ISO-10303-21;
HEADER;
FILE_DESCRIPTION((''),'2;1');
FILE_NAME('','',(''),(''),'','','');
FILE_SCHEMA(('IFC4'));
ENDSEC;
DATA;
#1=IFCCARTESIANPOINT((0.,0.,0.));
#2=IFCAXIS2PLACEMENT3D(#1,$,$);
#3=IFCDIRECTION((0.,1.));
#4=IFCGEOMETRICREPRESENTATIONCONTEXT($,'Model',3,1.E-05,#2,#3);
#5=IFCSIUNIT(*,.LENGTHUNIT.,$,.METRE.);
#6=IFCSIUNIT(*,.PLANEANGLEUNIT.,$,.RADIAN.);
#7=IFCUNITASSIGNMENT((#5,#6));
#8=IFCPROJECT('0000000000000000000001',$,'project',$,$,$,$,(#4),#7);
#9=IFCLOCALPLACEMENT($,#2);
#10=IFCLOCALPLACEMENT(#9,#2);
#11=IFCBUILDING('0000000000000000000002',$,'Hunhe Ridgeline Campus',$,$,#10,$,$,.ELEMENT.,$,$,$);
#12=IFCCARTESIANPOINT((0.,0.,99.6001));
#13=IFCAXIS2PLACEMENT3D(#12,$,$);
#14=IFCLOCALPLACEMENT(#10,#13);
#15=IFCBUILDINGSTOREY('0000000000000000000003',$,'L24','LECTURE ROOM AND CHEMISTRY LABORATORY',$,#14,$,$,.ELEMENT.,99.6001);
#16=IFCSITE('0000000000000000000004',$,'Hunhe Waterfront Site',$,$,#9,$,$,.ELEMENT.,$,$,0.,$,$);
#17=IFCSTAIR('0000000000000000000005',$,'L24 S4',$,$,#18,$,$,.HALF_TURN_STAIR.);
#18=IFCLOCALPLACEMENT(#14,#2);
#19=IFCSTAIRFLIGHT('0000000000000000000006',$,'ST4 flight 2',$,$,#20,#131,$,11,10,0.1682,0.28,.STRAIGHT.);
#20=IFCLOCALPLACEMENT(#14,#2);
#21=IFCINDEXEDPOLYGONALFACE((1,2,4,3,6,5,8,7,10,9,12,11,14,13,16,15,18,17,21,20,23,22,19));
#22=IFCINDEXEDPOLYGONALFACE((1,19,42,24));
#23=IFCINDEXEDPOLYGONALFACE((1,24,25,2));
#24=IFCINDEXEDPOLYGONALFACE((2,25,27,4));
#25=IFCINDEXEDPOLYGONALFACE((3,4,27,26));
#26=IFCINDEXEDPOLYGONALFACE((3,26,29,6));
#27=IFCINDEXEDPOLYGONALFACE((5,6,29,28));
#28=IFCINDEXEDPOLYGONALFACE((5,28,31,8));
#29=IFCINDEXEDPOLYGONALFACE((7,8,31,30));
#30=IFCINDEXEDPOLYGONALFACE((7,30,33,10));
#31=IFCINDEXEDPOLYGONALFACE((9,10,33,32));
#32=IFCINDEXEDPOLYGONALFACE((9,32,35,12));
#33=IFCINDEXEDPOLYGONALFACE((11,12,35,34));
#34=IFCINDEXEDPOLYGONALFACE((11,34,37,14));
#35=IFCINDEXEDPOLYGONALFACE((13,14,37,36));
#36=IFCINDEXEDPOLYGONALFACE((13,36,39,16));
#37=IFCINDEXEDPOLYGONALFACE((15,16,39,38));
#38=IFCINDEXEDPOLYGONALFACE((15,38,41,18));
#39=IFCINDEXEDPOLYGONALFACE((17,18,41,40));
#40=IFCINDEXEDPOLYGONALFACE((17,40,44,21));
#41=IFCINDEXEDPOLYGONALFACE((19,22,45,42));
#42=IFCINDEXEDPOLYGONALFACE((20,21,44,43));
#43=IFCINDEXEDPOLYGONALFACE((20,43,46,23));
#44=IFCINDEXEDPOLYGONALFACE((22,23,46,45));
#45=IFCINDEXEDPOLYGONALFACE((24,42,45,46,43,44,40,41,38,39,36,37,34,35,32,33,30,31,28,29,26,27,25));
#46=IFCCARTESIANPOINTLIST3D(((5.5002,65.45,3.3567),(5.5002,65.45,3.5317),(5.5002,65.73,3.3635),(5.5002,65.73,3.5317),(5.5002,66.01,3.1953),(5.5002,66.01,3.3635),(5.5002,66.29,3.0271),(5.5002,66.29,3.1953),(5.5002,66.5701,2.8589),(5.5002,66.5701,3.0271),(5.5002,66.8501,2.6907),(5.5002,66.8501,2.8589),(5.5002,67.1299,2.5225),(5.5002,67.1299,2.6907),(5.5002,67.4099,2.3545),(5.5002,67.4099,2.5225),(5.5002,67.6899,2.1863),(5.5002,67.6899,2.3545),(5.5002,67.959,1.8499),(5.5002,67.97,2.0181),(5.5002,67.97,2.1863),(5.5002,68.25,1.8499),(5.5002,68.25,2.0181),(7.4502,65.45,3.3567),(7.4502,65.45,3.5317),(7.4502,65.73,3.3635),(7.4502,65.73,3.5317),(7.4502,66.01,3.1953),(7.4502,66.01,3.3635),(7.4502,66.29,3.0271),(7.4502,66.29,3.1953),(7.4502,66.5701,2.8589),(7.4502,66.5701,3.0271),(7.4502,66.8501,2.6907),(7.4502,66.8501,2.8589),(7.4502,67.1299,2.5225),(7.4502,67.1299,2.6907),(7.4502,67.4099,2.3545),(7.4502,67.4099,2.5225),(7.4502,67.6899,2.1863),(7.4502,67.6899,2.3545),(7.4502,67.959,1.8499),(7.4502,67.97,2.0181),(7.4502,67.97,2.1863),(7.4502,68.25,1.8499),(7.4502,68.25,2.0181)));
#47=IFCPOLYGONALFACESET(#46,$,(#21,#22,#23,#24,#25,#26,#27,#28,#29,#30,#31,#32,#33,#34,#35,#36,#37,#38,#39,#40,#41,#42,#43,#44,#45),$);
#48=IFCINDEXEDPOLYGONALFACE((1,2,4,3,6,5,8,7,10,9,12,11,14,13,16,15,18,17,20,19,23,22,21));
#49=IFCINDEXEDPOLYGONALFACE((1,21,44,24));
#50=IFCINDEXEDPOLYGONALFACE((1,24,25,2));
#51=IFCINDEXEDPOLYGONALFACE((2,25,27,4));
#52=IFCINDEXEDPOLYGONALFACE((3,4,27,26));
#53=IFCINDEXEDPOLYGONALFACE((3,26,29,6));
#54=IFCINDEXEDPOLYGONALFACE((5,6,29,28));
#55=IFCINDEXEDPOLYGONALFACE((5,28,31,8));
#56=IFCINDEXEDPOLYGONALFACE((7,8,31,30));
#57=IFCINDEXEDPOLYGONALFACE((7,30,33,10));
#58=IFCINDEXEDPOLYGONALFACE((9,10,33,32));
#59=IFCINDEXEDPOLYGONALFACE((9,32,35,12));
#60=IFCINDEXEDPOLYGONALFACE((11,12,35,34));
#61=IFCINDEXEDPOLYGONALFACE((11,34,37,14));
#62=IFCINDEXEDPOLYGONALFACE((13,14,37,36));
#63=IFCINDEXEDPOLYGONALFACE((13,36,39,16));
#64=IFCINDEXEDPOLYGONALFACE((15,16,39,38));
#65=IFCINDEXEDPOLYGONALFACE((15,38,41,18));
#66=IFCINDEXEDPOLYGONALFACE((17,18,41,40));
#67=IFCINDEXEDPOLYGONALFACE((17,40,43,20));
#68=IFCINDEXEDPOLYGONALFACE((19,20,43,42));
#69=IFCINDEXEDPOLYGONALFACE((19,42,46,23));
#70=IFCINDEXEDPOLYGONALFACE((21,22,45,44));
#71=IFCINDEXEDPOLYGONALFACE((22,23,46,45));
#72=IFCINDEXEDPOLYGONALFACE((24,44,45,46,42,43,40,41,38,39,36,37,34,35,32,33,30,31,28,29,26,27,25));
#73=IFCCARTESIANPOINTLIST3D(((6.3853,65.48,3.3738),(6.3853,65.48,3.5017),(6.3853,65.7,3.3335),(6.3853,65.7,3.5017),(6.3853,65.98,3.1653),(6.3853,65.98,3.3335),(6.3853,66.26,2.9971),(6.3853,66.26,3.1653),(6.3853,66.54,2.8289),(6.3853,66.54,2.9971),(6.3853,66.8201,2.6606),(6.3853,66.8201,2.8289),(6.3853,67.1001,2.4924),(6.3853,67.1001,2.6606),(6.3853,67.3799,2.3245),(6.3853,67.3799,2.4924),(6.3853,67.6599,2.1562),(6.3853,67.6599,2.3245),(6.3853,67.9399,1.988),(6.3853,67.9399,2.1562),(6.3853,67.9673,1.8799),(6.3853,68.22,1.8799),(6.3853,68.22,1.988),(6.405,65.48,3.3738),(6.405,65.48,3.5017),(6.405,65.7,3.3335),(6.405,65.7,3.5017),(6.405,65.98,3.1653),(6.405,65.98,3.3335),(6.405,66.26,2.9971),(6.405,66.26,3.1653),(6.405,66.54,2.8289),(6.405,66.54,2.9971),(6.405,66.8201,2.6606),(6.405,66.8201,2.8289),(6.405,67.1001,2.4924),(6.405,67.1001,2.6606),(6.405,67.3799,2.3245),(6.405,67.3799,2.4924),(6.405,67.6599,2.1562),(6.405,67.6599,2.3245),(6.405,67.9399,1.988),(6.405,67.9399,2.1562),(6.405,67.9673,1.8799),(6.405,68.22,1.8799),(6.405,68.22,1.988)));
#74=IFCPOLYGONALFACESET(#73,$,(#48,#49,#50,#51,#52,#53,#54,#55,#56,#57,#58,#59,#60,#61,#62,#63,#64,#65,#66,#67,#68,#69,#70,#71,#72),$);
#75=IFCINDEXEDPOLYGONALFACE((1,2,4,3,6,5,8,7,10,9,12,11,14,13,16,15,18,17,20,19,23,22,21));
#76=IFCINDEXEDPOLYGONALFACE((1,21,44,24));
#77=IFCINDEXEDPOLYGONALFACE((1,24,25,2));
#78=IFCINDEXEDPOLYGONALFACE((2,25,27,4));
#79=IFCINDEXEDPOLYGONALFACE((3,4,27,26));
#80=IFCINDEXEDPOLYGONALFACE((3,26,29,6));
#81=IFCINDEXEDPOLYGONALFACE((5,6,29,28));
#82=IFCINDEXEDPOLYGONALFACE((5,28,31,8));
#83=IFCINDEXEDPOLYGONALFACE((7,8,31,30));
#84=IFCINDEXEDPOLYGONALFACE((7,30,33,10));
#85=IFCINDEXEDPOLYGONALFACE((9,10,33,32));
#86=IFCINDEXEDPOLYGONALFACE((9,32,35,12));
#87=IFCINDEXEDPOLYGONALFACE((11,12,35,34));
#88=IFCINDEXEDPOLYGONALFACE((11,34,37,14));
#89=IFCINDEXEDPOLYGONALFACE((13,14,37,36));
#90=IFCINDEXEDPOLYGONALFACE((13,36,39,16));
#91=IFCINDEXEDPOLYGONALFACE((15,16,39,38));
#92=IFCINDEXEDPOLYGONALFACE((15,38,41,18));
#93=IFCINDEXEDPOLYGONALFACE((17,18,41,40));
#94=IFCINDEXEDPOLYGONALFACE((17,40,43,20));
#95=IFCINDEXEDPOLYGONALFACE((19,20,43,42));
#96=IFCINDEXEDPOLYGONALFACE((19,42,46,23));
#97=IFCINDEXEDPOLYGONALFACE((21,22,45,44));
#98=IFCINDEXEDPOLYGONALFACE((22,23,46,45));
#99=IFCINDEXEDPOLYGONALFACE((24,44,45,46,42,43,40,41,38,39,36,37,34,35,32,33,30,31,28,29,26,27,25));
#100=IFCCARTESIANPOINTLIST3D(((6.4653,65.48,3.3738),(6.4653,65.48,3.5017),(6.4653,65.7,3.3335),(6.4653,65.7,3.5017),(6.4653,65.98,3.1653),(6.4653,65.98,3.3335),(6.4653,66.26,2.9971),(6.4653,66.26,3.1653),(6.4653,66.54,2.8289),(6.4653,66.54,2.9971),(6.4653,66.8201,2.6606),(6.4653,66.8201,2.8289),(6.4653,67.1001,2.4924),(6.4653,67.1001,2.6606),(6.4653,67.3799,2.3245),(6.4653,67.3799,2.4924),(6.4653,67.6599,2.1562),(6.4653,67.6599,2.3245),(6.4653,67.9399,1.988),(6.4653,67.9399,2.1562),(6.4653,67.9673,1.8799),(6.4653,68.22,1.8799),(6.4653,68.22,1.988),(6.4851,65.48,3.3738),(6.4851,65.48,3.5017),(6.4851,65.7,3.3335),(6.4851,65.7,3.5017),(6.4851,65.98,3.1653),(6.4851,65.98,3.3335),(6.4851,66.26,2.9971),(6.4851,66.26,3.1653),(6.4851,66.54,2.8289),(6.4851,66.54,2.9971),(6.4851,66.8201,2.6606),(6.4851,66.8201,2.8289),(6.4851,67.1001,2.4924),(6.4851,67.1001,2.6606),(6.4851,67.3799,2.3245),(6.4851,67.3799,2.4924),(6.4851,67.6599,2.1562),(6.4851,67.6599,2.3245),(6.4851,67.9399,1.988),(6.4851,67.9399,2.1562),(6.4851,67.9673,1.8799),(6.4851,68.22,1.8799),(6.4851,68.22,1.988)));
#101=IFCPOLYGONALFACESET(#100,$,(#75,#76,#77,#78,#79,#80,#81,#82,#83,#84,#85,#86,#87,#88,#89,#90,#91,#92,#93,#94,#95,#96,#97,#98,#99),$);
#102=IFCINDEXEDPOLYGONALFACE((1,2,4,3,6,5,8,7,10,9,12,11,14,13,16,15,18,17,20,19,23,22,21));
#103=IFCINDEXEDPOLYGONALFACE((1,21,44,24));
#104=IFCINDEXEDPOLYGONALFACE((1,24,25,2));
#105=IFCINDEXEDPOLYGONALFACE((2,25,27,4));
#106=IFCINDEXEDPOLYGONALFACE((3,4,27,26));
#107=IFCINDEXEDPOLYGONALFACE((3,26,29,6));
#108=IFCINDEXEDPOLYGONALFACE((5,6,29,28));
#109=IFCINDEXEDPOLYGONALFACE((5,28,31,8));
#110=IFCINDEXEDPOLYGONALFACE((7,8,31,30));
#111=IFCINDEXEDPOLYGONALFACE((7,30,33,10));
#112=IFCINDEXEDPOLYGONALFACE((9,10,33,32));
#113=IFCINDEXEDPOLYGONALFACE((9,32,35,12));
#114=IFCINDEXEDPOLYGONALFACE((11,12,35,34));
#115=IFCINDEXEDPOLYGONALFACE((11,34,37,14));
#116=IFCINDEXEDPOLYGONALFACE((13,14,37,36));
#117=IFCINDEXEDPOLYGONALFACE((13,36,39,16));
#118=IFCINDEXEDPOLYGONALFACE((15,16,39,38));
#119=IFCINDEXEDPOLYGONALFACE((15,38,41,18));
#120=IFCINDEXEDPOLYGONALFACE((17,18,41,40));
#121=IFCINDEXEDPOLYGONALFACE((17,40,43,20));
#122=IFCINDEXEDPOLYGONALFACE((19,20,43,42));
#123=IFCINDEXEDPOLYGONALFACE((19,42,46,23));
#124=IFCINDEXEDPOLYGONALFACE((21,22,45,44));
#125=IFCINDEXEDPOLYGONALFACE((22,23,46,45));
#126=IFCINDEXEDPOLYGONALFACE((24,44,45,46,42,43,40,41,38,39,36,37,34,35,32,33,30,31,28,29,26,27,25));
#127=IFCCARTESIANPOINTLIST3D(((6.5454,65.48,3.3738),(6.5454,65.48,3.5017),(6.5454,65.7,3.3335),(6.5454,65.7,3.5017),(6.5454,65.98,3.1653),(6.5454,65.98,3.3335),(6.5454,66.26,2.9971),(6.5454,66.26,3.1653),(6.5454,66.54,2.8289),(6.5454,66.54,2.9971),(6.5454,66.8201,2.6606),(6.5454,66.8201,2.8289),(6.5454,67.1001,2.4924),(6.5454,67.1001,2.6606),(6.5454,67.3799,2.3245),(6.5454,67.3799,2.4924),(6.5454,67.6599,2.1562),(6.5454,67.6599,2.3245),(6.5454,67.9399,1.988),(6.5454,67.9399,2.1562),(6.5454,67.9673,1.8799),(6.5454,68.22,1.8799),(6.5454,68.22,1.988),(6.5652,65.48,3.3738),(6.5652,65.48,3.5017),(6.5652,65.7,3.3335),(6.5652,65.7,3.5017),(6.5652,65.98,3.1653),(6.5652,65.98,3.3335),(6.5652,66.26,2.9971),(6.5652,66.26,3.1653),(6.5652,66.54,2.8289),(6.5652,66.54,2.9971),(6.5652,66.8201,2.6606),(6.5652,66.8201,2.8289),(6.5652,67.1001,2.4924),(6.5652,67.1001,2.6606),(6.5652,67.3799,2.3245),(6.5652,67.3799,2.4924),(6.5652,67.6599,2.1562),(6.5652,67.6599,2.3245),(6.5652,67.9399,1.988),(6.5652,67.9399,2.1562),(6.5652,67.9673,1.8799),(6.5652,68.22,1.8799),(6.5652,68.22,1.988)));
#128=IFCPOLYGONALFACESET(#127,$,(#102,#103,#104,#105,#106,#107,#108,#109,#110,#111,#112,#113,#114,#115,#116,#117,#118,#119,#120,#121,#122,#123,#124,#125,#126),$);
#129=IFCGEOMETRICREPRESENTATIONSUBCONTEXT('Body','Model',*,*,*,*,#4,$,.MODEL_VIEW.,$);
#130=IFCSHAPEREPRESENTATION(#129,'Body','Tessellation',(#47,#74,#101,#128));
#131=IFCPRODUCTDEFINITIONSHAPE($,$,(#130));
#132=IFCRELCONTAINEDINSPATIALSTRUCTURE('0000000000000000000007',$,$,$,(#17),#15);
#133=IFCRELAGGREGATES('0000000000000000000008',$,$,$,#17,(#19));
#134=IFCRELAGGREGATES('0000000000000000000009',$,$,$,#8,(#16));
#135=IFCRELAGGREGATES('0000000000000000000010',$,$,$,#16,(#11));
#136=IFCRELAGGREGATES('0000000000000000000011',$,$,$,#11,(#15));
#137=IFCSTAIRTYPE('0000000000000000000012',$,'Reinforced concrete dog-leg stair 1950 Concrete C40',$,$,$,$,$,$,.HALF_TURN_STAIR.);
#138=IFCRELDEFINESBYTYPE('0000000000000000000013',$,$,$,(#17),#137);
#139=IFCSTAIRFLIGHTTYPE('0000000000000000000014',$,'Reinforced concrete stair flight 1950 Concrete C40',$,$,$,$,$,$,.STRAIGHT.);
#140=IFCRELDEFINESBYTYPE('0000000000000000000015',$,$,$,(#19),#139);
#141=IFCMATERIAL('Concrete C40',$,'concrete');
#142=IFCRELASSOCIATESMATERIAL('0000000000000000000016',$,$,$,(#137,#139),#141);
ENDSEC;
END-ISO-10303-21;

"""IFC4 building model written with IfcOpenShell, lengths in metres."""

from ifc_helpers import new_model, si_unit, direction, frame, origin, place, context, subcontext, project, spatial, polyline, outline, extrude, material, type_object, element, aggregate, save


model = new_model("IFC4")

# Units and contexts
model_context = context("Model", 3, precision=1e-05, world=origin(), true_north=direction((0.0, 1.0)))
body_context = subcontext(model_context, "Body", "Model", "MODEL_VIEW")
ifc_project = project(units=[si_unit("LENGTHUNIT", "METRE"), si_unit("PLANEANGLEUNIT", "RADIAN")], contexts=[model_context])

# Site, building, storey
site_placement = place(None, origin())
site = spatial("IfcSite", under=ifc_project, at=site_placement, Name="Hunhe Waterfront Site", CompositionType="ELEMENT", RefElevation=0.0)
building_placement = place(site_placement, origin())
building = spatial("IfcBuilding", under=site, at=building_placement, Name="Hunhe Ridgeline Campus", CompositionType="ELEMENT")
storey_placement = place(building_placement, frame((0.0, 0.0, 99.6001)))
storey = spatial("IfcBuildingStorey", under=building, at=storey_placement, Name="L24", Description="LECTURE ROOM AND CHEMISTRY LABORATORY", CompositionType="ELEMENT", Elevation=99.6001)

# Stair, stair flight
ifc_material_1 = material(Name="Concrete C40", Category="concrete")
stair_type = type_object("IfcStairType", Name="Reinforced concrete dog-leg stair 1950 Concrete C40", PredefinedType="HALF_TURN_STAIR", material=ifc_material_1)
stair_flight_type = type_object("IfcStairFlightType", Name="Reinforced concrete stair flight 1950 Concrete C40", PredefinedType="STRAIGHT", material=ifc_material_1)
stair_1_placement = place(storey_placement, origin())
stair_1 = element("IfcStair", 1, at=stair_1_placement, inside=storey, type_object=stair_type, Name="L24 S4", PredefinedType="HALF_TURN_STAIR")
stair_flight_1_placement = place(storey_placement, frame((6.4751, 68.25, 1.8499), z_axis=(0.0, 0.0, 1.0), x_axis=(0.0, -1.0, 0.0)))
stair_flight_1 = element("IfcStairFlight", 2, at=stair_flight_1_placement, type_object=stair_flight_type, Name="ST4 flight 2", NumberOfRisers=11, NumberOfTreads=10, PredefinedType="STRAIGHT", RiserHeight=0.1682, TreadLength=0.28, context=body_context, shape_type="SweptSolid", body=[
    extrude(outline(polyline([(0.0, 0.0), (0.0, 0.1682), (0.28, 0.1682), (0.28, 0.3364), (0.5601, 0.3364), (0.5601, 0.5046), (0.8401, 0.5046), (0.8401, 0.6726), (1.1201, 0.6726), (1.1201, 0.8408), (1.3999, 0.8408), (1.3999, 1.009), (1.6799, 1.009), (1.6799, 1.1772), (1.96, 1.1772), (1.96, 1.3455), (2.24, 1.3455), (2.24, 1.5137), (2.52, 1.5137), (2.52, 1.6819), (2.8, 1.6819), (2.8, 1.8501), (2.8, 1.5068), (0.291, 0.0), (0.0, 0.0)])), frame((0.0, 0.9751, 0.0), z_axis=(0.0, -1.0, 0.0), x_axis=(1.0, 0.0, 0.0)), (0.0, 0.0, 1.0), 1.95),
    extrude(outline(polyline([(0.03, 0.03), (0.03, 0.1382), (0.3101, 0.1382), (0.3101, 0.3064), (0.5901, 0.3064), (0.5901, 0.4746), (0.8701, 0.4746), (0.8701, 0.6426), (1.1499, 0.6426), (1.1499, 0.8108), (1.4299, 0.8108), (1.4299, 0.979), (1.71, 0.979), (1.71, 1.1472), (1.99, 1.1472), (1.99, 1.3154), (2.27, 1.3154), (2.27, 1.4836), (2.55, 1.4836), (2.55, 1.6519), (2.77, 1.6519), (2.77, 1.5239), (0.2827, 0.03), (0.03, 0.03)])), frame((0.0, -0.0701, 0.0), z_axis=(0.0, -1.0, 0.0), x_axis=(1.0, 0.0, 0.0)), (0.0, 0.0, 1.0), 0.0198),
    extrude(outline(polyline([(0.03, 0.03), (0.03, 0.1382), (0.3101, 0.1382), (0.3101, 0.3064), (0.5901, 0.3064), (0.5901, 0.4746), (0.8701, 0.4746), (0.8701, 0.6426), (1.1499, 0.6426), (1.1499, 0.8108), (1.4299, 0.8108), (1.4299, 0.979), (1.71, 0.979), (1.71, 1.1472), (1.99, 1.1472), (1.99, 1.3154), (2.27, 1.3154), (2.27, 1.4836), (2.55, 1.4836), (2.55, 1.6519), (2.77, 1.6519), (2.77, 1.5239), (0.2827, 0.03), (0.03, 0.03)])), frame((0.0, 0.01, 0.0), z_axis=(0.0, -1.0, 0.0), x_axis=(1.0, 0.0, 0.0)), (0.0, 0.0, 1.0), 0.0198),
    extrude(outline(polyline([(0.03, 0.03), (0.03, 0.1382), (0.3101, 0.1382), (0.3101, 0.3064), (0.5901, 0.3064), (0.5901, 0.4746), (0.8701, 0.4746), (0.8701, 0.6426), (1.1499, 0.6426), (1.1499, 0.8108), (1.4299, 0.8108), (1.4299, 0.979), (1.71, 0.979), (1.71, 1.1472), (1.99, 1.1472), (1.99, 1.3154), (2.27, 1.3154), (2.27, 1.4836), (2.55, 1.4836), (2.55, 1.6519), (2.77, 1.6519), (2.77, 1.5239), (0.2827, 0.03), (0.03, 0.03)])), frame((0.0, 0.0901, 0.0), z_axis=(0.0, -1.0, 0.0), x_axis=(1.0, 0.0, 0.0)), (0.0, 0.0, 1.0), 0.0198),
])
aggregate(stair_1, [stair_flight_1])

save(model, "model.ifc")
